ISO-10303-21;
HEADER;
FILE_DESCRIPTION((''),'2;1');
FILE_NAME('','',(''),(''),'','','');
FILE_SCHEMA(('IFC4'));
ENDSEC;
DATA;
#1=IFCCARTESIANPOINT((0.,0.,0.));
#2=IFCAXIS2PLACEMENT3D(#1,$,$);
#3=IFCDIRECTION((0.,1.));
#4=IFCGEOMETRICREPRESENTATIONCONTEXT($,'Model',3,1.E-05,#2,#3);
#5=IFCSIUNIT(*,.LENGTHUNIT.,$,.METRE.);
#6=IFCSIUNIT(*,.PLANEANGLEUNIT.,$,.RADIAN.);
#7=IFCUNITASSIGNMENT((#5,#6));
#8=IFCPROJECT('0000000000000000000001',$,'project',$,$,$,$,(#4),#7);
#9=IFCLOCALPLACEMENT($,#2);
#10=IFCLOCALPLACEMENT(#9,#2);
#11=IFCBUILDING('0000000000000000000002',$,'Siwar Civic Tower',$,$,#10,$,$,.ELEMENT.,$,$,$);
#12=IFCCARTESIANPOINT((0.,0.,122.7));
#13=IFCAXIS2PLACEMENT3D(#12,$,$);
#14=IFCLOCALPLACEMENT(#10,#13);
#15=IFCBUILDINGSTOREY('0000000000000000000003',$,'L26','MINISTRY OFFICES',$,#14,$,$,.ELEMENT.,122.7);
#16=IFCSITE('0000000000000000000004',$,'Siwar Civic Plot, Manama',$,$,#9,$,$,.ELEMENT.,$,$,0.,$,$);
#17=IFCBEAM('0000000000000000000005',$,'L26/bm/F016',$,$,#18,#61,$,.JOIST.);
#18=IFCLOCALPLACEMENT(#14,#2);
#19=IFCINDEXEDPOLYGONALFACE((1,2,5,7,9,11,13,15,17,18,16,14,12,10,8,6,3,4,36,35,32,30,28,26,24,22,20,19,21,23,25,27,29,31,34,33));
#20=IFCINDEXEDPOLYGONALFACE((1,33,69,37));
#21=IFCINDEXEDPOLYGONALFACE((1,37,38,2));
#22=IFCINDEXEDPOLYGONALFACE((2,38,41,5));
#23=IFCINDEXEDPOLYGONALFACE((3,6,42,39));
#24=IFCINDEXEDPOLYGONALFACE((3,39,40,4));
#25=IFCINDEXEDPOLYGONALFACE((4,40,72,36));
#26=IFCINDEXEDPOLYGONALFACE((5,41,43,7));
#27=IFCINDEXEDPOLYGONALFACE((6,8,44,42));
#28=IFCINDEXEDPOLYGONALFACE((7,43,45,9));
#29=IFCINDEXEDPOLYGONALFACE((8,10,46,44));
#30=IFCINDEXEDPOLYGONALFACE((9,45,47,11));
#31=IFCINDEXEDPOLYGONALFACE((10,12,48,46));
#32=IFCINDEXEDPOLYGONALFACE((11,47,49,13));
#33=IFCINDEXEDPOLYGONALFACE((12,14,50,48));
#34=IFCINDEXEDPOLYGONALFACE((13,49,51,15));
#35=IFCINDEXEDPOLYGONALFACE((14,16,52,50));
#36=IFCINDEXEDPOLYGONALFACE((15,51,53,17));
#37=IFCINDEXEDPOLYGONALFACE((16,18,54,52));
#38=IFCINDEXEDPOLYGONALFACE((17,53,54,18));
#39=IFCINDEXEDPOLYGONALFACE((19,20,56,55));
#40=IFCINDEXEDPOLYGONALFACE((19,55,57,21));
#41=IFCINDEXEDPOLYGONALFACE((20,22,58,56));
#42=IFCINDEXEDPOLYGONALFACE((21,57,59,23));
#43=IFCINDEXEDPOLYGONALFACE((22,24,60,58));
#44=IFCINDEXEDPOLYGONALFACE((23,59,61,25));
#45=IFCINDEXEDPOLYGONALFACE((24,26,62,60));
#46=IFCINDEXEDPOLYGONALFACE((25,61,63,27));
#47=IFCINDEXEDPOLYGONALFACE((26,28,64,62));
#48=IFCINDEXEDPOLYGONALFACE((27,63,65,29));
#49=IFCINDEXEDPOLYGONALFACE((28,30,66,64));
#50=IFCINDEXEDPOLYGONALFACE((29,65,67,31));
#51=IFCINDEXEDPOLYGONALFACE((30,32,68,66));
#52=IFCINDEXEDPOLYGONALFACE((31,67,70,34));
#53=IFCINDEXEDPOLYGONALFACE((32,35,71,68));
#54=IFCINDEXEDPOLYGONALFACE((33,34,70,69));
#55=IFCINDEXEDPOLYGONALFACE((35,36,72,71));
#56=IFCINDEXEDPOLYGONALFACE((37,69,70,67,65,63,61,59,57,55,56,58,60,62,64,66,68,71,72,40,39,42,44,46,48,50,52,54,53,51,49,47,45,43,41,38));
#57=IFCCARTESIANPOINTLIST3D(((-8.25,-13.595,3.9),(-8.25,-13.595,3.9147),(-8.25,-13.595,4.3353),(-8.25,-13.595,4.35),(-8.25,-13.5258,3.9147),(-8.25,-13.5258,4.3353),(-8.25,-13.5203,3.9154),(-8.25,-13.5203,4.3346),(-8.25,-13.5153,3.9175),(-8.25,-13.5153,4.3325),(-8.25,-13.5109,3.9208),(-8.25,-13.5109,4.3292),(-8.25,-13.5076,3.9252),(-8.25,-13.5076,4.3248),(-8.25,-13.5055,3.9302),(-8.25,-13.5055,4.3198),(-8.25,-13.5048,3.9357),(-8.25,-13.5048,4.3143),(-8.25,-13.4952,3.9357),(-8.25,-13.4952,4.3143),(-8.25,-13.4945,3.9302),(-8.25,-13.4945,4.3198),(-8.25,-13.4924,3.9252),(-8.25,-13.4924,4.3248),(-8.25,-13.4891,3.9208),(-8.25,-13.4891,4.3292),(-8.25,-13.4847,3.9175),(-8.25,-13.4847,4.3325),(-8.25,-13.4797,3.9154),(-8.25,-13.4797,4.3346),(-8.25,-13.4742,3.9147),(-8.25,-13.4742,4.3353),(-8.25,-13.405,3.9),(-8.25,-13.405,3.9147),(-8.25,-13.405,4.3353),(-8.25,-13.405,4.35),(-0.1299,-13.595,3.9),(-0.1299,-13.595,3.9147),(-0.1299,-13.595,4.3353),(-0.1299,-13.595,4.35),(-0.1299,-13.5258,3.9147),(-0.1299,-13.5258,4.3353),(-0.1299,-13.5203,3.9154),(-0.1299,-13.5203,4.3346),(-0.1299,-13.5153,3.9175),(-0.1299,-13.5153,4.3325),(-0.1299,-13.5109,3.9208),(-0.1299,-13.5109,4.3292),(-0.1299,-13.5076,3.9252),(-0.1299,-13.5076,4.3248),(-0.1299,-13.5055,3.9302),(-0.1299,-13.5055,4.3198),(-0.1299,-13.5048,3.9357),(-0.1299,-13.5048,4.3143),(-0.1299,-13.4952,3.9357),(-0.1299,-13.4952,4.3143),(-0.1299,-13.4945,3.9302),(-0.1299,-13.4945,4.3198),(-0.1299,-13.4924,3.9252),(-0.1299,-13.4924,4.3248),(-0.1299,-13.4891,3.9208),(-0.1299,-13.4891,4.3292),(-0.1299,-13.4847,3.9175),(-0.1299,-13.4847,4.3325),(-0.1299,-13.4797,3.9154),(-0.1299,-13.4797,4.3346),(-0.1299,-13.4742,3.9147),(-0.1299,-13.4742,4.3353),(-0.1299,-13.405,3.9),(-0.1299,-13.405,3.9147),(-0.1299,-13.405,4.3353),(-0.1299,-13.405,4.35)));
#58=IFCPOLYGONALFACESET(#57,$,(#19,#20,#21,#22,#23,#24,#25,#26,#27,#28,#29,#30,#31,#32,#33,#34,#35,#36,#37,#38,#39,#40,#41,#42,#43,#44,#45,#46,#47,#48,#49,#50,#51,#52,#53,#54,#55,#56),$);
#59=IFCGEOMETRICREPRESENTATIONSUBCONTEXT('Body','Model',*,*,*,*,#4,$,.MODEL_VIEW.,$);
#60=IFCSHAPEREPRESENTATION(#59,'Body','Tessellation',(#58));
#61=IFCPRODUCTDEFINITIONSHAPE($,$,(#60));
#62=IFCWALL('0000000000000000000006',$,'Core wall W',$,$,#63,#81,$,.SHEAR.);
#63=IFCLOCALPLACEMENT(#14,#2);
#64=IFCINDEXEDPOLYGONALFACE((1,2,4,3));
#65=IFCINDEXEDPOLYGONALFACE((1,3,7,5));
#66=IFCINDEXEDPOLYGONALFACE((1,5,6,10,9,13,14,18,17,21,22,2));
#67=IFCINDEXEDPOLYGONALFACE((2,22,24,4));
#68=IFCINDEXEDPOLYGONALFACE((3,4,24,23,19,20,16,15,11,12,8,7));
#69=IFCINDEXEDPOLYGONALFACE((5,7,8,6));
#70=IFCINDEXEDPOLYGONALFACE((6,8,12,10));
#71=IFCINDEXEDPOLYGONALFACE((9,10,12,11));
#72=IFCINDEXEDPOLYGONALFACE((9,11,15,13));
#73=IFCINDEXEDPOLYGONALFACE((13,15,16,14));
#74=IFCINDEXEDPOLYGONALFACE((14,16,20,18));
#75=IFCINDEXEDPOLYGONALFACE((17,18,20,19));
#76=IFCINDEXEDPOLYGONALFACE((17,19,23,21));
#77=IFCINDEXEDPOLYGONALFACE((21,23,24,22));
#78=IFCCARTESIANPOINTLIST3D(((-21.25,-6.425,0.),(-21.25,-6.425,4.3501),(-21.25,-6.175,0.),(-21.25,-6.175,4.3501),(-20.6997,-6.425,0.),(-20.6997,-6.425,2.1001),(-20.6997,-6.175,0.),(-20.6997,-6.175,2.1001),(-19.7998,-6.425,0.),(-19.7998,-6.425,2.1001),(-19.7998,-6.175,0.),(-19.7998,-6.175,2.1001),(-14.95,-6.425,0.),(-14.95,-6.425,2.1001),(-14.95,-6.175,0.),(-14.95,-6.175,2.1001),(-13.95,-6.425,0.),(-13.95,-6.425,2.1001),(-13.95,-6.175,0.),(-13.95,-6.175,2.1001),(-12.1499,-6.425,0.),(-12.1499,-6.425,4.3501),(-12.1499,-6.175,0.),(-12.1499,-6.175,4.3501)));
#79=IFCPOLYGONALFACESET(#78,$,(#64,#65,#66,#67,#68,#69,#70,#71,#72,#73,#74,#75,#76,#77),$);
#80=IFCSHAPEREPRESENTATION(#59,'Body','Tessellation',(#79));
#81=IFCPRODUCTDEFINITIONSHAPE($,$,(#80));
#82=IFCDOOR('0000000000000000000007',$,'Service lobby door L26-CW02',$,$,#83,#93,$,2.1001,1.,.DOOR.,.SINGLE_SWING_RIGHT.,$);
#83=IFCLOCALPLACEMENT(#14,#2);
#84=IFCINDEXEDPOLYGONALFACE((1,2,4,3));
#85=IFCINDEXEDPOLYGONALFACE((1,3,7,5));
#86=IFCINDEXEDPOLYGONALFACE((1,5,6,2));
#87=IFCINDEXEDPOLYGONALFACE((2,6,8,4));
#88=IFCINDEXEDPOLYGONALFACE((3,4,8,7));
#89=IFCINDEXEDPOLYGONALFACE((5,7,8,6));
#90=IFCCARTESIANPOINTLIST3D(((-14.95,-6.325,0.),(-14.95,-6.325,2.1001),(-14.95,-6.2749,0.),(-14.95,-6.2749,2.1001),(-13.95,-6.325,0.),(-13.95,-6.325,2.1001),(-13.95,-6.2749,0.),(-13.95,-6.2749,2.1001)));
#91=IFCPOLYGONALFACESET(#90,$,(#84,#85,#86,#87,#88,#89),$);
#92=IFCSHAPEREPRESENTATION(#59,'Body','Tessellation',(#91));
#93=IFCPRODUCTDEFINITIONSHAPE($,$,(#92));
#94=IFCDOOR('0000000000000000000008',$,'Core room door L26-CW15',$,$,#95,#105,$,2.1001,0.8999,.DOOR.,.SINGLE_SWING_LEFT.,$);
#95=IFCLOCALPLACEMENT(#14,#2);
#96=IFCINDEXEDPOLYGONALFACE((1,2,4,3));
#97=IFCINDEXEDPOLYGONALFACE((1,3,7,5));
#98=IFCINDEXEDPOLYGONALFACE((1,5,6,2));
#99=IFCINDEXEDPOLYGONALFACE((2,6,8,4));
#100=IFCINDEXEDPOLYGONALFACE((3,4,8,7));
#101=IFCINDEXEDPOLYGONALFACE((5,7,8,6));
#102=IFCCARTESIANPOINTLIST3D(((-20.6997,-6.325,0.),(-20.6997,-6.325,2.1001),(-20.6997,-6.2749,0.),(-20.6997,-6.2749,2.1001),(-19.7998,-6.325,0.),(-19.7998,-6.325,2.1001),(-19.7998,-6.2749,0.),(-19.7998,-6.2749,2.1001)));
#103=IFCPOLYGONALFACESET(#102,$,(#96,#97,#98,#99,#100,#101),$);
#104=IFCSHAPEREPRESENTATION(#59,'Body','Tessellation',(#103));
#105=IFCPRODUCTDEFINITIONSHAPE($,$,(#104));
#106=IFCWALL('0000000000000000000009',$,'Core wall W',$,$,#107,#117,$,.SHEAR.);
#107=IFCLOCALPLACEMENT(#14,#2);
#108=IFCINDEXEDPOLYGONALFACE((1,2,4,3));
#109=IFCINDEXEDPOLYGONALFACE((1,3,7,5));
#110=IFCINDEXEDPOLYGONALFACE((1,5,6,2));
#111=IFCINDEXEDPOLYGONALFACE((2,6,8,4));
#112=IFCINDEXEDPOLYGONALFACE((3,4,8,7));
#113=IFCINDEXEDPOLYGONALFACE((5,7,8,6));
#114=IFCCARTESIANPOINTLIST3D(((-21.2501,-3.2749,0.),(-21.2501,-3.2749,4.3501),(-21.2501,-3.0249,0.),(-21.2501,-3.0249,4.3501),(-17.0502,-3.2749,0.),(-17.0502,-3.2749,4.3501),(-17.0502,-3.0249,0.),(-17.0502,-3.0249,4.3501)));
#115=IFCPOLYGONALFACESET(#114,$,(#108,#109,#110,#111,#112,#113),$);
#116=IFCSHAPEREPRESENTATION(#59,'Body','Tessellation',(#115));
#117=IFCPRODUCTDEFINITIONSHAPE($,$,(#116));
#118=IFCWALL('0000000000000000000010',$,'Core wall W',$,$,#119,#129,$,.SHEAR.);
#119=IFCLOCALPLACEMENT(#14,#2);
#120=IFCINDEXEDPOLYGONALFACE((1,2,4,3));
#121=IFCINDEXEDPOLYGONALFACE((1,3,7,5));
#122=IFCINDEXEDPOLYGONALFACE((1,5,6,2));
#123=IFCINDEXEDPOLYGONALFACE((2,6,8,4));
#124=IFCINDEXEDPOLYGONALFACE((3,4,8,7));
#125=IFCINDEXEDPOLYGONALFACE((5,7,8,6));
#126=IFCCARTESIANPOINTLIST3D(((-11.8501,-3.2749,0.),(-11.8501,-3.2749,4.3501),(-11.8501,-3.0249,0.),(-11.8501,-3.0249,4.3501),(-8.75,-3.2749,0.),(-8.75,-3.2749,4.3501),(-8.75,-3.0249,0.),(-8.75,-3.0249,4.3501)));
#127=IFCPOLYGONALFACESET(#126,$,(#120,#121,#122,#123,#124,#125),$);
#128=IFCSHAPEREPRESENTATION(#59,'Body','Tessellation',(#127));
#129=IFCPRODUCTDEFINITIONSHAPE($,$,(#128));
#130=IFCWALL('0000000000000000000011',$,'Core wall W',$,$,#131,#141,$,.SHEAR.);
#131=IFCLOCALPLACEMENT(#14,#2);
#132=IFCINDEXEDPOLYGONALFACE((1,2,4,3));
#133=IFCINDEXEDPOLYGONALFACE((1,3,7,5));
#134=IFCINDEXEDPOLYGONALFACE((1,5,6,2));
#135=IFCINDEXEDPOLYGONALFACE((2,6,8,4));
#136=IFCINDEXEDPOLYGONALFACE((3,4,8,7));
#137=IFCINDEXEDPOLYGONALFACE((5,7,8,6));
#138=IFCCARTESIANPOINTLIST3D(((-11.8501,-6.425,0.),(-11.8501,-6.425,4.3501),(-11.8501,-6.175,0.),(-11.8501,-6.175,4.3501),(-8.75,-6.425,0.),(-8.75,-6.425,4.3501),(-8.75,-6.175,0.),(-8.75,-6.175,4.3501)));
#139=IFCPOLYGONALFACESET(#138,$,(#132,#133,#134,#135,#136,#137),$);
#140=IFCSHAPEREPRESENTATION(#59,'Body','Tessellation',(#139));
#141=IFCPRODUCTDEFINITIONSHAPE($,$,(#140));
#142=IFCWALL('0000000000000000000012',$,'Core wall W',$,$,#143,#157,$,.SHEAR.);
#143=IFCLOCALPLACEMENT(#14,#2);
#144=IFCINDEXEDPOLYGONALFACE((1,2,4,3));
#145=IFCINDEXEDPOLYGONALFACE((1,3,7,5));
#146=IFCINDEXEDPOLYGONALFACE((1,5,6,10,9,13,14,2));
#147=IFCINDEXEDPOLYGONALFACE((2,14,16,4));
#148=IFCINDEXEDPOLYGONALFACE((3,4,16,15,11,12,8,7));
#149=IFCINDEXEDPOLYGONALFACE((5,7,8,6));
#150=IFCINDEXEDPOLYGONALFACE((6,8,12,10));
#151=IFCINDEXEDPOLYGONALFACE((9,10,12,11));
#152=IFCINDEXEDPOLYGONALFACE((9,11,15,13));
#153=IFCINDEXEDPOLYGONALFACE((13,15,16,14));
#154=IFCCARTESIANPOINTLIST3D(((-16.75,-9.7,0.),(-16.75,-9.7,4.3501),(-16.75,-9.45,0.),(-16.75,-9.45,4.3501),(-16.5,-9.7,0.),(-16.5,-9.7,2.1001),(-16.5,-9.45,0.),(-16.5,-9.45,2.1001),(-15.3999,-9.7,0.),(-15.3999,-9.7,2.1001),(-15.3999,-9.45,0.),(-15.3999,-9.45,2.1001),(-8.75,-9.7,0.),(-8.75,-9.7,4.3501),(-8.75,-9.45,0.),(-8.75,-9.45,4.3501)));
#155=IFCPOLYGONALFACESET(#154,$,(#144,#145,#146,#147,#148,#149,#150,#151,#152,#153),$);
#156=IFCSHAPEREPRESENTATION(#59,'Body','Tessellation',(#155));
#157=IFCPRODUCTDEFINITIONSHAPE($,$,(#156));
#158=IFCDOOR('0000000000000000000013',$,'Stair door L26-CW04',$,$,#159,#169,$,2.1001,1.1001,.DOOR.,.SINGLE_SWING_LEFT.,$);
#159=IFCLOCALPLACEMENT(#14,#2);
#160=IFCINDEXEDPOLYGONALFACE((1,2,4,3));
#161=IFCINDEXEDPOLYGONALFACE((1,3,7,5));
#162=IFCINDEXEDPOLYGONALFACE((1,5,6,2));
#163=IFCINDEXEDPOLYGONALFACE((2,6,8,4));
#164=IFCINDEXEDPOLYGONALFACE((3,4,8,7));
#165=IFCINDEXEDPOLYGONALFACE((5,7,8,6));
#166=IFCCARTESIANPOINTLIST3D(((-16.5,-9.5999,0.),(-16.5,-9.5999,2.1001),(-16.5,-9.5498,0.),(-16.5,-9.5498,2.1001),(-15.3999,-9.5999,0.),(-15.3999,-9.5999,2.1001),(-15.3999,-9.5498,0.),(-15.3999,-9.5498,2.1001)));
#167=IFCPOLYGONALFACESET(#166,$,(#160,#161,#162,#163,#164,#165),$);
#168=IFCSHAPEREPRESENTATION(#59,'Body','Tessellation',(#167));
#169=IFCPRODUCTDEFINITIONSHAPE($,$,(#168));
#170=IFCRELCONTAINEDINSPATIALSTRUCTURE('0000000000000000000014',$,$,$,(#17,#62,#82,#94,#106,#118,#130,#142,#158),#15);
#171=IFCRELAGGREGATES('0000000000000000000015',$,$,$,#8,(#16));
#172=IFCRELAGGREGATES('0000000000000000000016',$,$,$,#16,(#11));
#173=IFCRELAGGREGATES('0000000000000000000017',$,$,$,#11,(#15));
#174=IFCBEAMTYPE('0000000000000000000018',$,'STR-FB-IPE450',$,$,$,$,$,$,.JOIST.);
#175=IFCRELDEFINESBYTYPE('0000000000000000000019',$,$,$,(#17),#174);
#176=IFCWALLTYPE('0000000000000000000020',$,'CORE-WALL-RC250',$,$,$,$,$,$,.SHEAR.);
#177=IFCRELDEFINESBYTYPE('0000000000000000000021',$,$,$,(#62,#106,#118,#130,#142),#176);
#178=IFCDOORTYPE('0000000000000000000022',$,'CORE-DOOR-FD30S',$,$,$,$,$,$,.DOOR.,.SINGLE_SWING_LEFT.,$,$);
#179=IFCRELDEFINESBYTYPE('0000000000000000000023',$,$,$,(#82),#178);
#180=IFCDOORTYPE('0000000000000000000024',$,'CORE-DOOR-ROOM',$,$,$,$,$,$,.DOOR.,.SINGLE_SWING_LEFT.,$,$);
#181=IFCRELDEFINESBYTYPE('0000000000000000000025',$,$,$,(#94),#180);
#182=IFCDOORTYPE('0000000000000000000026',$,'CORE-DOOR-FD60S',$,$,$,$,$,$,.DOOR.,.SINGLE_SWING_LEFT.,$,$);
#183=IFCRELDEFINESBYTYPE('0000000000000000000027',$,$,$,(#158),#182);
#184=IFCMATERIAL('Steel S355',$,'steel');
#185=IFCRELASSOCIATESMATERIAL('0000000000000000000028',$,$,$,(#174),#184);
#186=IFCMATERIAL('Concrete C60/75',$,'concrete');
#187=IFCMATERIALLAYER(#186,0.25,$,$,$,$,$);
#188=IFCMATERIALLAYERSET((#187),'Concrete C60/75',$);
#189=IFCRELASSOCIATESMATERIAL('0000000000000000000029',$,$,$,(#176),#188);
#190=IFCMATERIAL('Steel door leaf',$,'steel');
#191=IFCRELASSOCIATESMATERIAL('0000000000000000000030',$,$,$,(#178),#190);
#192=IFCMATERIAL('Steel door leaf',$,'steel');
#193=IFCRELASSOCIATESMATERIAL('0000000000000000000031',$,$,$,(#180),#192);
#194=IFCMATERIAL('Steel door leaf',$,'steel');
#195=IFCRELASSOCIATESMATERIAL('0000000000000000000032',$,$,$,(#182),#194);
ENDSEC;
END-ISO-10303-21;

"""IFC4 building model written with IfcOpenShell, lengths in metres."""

from ifc_helpers import new_model, si_unit, direction, frame, frame_2d, origin, origin_2d, place, context, subcontext, project, spatial, rectangle, i_section, extrude, material, layer, layer_set, material_profile, profile_set, type_object, element, fill, save


model = new_model("IFC4")

# Units and contexts
model_context = context("Model", 3, precision=1e-05, world=origin(), true_north=direction((0.0, 1.0)))
body_context = subcontext(model_context, "Body", "Model", "MODEL_VIEW")
ifc_project = project(units=[si_unit("LENGTHUNIT", "METRE"), si_unit("PLANEANGLEUNIT", "RADIAN")], contexts=[model_context])

# Site, building, storey
site_placement = place(None, origin())
site = spatial("IfcSite", under=ifc_project, at=site_placement, Name="Siwar Civic Plot, Manama", CompositionType="ELEMENT", RefElevation=0.0)
building_placement = place(site_placement, origin())
building = spatial("IfcBuilding", under=site, at=building_placement, Name="Siwar Civic Tower", CompositionType="ELEMENT")
storey_placement = place(building_placement, frame((0.0, 0.0, 122.7)))
storey = spatial("IfcBuildingStorey", under=building, at=storey_placement, Name="L26", Description="MINISTRY OFFICES", CompositionType="ELEMENT", Elevation=122.7)

# Beam
ifc_material_1 = material(Name="Steel S355", Category="steel")
ifc_material_profile = material_profile(ifc_material_1, i_section(OverallWidth=0.1899, OverallDepth=0.45, WebThickness=0.0095, FlangeThickness=0.0146, FilletRadius=0.021, at=origin_2d()), Name="IPE450")
ifc_profile_set = profile_set([ifc_material_profile], Name="Steel S355")
beam_type = type_object("IfcBeamType", Name="STR-FB-IPE450", PredefinedType="JOIST", material=ifc_profile_set)
beam_placement = place(storey_placement, frame((-8.25, -13.5, 4.125), z_axis=(1.0, 0.0, 0.0), x_axis=(0.0, 1.0, 0.0)))
element("IfcBeam", 1, at=beam_placement, inside=storey, type_object=beam_type, Name="L26/bm/F016", PredefinedType="JOIST", context=body_context, shape_type="SweptSolid", body=[
    extrude(i_section(OverallWidth=0.1899, OverallDepth=0.45, WebThickness=0.0095, FlangeThickness=0.0146, FilletRadius=0.021, at=origin_2d()), origin(), (0.0, 0.0, 1.0), 8.1201),
])

# Wall, openings, doors
ifc_material_2 = material(Name="Concrete C60/75", Category="concrete")
ifc_layer_1 = layer(ifc_material_2, 0.25)
ifc_layer_set_1 = layer_set([ifc_layer_1], Name="Concrete C60/75")
wall_type_1 = type_object("IfcWallType", Name="CORE-WALL-RC250", PredefinedType="SHEAR", material=ifc_layer_set_1)
wall_1_placement = place(storey_placement, frame((-12.1499, -6.3, 0.0), z_axis=(0.0, 0.0, 1.0), x_axis=(-1.0, 0.0, 0.0)))
wall_1 = element("IfcWall", 2, at=wall_1_placement, inside=storey, type_object=wall_type_1, Name="Core wall W", PredefinedType="SHEAR", context=body_context, shape_type="SweptSolid", body=[
    extrude(rectangle(XDim=9.1001, YDim=0.25, at=frame_2d((4.55, 0.0))), origin(), (0.0, 0.0, 1.0), 4.3501),
])
opening_1_placement = place(wall_1_placement, frame((1.8, 0.0, 0.0)))
opening_1 = element("IfcOpeningElement", 3, at=opening_1_placement, cuts=wall_1, PredefinedType="OPENING", context=body_context, shape_type="SweptSolid", body=[
    extrude(rectangle(XDim=1.0, YDim=2.1001, at=frame_2d((0.5, 1.05))), frame((0.0, 0.135, 0.0), z_axis=(0.0, -1.0, 0.0), x_axis=(1.0, 0.0, 0.0)), (0.0, 0.0, 1.0), 0.27),
])
opening_2_placement = place(wall_1_placement, frame((7.6499, 0.0, 0.0)))
opening_2 = element("IfcOpeningElement", 4, at=opening_2_placement, cuts=wall_1, PredefinedType="OPENING", context=body_context, shape_type="SweptSolid", body=[
    extrude(rectangle(XDim=0.8999, YDim=2.1001, at=frame_2d((0.45, 1.05))), frame((0.0, 0.135, 0.0), z_axis=(0.0, -1.0, 0.0), x_axis=(1.0, 0.0, 0.0)), (0.0, 0.0, 1.0), 0.27),
])
ifc_material_3 = material(Name="Steel door leaf", Category="steel")
door_type_1 = type_object("IfcDoorType", Name="CORE-DOOR-FD30S", OperationType="SINGLE_SWING_LEFT", PredefinedType="DOOR", material=ifc_material_3)
door_1_placement = place(opening_1_placement, origin())
door_1 = element("IfcDoor", 5, at=door_1_placement, inside=storey, type_object=door_type_1, Name="Service lobby door L26-CW02", OperationType="SINGLE_SWING_RIGHT", OverallHeight=2.1001, OverallWidth=1.0, PredefinedType="DOOR", context=body_context, shape_type="SweptSolid", body=[
    extrude(rectangle(XDim=1.0, YDim=2.1001, at=frame_2d((0.5, 1.05))), frame((0.0, 0.0249, 0.0), z_axis=(0.0, -1.0, 0.0), x_axis=(1.0, 0.0, 0.0)), (0.0, 0.0, 1.0), 0.05),
])
fill(opening_1, door_1)
ifc_material_4 = material(Name="Steel door leaf", Category="steel")
door_type_2 = type_object("IfcDoorType", Name="CORE-DOOR-ROOM", OperationType="SINGLE_SWING_LEFT", PredefinedType="DOOR", material=ifc_material_4)
door_2_placement = place(opening_2_placement, origin())
door_2 = element("IfcDoor", 6, at=door_2_placement, inside=storey, type_object=door_type_2, Name="Core room door L26-CW15", OperationType="SINGLE_SWING_LEFT", OverallHeight=2.1001, OverallWidth=0.8999, PredefinedType="DOOR", context=body_context, shape_type="SweptSolid", body=[
    extrude(rectangle(XDim=0.8999, YDim=2.1001, at=frame_2d((0.45, 1.05))), frame((0.0, 0.0249, 0.0), z_axis=(0.0, -1.0, 0.0), x_axis=(1.0, 0.0, 0.0)), (0.0, 0.0, 1.0), 0.05),
])
fill(opening_2, door_2)

# Walls
wall_2_placement = place(storey_placement, frame((-17.05, -3.1499, 0.0), z_axis=(0.0, 0.0, 1.0), x_axis=(-1.0, 0.0, 0.0)))
element("IfcWall", 7, at=wall_2_placement, inside=storey, type_object=wall_type_1, Name="Core wall W", PredefinedType="SHEAR", context=body_context, shape_type="SweptSolid", body=[
    extrude(rectangle(XDim=4.2, YDim=0.25, at=frame_2d((2.1001, 0.0))), origin(), (0.0, 0.0, 1.0), 4.3501),
])
for number, where, z_axis, x_axis, name in (
    (8, (-8.75, -3.1499, 0.0), (0.0, 0.0, 1.0), (-1.0, 0.0, 0.0), "Core wall W"),
    (9, (-8.75, -6.3, 0.0), (0.0, 0.0, 1.0), (-1.0, 0.0, 0.0), "Core wall W"),
):
    element("IfcWall", number, at=place(storey_placement, frame(where, z_axis=z_axis, x_axis=x_axis)), inside=storey, type_object=wall_type_1, Name=name, PredefinedType="SHEAR", context=body_context, shape_type="SweptSolid", body=[
        extrude(rectangle(XDim=3.1001, YDim=0.25, at=frame_2d((1.55, 0.0))), origin(), (0.0, 0.0, 1.0), 4.3501),
    ])

# Wall, opening, door
wall_3_placement = place(storey_placement, frame((-8.75, -9.575, 0.0), z_axis=(0.0, 0.0, 1.0), x_axis=(-1.0, 0.0, 0.0)))
wall_3 = element("IfcWall", 10, at=wall_3_placement, inside=storey, type_object=wall_type_1, Name="Core wall W", PredefinedType="SHEAR", context=body_context, shape_type="SweptSolid", body=[
    extrude(rectangle(XDim=8.0, YDim=0.25, at=frame_2d((4.0, 0.0))), origin(), (0.0, 0.0, 1.0), 4.3501),
])
opening_3_placement = place(wall_3_placement, frame((6.6499, 0.0, 0.0)))
opening_3 = element("IfcOpeningElement", 11, at=opening_3_placement, cuts=wall_3, PredefinedType="OPENING", context=body_context, shape_type="SweptSolid", body=[
    extrude(rectangle(XDim=1.1001, YDim=2.1001, at=frame_2d((0.55, 1.05))), frame((0.0, 0.135, 0.0), z_axis=(0.0, -1.0, 0.0), x_axis=(1.0, 0.0, 0.0)), (0.0, 0.0, 1.0), 0.27),
])
ifc_material_5 = material(Name="Steel door leaf", Category="steel")
door_type_3 = type_object("IfcDoorType", Name="CORE-DOOR-FD60S", OperationType="SINGLE_SWING_LEFT", PredefinedType="DOOR", material=ifc_material_5)
door_3_placement = place(opening_3_placement, origin())
door_3 = element("IfcDoor", 12, at=door_3_placement, inside=storey, type_object=door_type_3, Name="Stair door L26-CW04", OperationType="SINGLE_SWING_LEFT", OverallHeight=2.1001, OverallWidth=1.1001, PredefinedType="DOOR", context=body_context, shape_type="SweptSolid", body=[
    extrude(rectangle(XDim=1.1001, YDim=2.1001, at=frame_2d((0.55, 1.05))), frame((0.0, 0.0249, 0.0), z_axis=(0.0, -1.0, 0.0), x_axis=(1.0, 0.0, 0.0)), (0.0, 0.0, 1.0), 0.05),
])
fill(opening_3, door_3)

save(model, "model.ifc")
